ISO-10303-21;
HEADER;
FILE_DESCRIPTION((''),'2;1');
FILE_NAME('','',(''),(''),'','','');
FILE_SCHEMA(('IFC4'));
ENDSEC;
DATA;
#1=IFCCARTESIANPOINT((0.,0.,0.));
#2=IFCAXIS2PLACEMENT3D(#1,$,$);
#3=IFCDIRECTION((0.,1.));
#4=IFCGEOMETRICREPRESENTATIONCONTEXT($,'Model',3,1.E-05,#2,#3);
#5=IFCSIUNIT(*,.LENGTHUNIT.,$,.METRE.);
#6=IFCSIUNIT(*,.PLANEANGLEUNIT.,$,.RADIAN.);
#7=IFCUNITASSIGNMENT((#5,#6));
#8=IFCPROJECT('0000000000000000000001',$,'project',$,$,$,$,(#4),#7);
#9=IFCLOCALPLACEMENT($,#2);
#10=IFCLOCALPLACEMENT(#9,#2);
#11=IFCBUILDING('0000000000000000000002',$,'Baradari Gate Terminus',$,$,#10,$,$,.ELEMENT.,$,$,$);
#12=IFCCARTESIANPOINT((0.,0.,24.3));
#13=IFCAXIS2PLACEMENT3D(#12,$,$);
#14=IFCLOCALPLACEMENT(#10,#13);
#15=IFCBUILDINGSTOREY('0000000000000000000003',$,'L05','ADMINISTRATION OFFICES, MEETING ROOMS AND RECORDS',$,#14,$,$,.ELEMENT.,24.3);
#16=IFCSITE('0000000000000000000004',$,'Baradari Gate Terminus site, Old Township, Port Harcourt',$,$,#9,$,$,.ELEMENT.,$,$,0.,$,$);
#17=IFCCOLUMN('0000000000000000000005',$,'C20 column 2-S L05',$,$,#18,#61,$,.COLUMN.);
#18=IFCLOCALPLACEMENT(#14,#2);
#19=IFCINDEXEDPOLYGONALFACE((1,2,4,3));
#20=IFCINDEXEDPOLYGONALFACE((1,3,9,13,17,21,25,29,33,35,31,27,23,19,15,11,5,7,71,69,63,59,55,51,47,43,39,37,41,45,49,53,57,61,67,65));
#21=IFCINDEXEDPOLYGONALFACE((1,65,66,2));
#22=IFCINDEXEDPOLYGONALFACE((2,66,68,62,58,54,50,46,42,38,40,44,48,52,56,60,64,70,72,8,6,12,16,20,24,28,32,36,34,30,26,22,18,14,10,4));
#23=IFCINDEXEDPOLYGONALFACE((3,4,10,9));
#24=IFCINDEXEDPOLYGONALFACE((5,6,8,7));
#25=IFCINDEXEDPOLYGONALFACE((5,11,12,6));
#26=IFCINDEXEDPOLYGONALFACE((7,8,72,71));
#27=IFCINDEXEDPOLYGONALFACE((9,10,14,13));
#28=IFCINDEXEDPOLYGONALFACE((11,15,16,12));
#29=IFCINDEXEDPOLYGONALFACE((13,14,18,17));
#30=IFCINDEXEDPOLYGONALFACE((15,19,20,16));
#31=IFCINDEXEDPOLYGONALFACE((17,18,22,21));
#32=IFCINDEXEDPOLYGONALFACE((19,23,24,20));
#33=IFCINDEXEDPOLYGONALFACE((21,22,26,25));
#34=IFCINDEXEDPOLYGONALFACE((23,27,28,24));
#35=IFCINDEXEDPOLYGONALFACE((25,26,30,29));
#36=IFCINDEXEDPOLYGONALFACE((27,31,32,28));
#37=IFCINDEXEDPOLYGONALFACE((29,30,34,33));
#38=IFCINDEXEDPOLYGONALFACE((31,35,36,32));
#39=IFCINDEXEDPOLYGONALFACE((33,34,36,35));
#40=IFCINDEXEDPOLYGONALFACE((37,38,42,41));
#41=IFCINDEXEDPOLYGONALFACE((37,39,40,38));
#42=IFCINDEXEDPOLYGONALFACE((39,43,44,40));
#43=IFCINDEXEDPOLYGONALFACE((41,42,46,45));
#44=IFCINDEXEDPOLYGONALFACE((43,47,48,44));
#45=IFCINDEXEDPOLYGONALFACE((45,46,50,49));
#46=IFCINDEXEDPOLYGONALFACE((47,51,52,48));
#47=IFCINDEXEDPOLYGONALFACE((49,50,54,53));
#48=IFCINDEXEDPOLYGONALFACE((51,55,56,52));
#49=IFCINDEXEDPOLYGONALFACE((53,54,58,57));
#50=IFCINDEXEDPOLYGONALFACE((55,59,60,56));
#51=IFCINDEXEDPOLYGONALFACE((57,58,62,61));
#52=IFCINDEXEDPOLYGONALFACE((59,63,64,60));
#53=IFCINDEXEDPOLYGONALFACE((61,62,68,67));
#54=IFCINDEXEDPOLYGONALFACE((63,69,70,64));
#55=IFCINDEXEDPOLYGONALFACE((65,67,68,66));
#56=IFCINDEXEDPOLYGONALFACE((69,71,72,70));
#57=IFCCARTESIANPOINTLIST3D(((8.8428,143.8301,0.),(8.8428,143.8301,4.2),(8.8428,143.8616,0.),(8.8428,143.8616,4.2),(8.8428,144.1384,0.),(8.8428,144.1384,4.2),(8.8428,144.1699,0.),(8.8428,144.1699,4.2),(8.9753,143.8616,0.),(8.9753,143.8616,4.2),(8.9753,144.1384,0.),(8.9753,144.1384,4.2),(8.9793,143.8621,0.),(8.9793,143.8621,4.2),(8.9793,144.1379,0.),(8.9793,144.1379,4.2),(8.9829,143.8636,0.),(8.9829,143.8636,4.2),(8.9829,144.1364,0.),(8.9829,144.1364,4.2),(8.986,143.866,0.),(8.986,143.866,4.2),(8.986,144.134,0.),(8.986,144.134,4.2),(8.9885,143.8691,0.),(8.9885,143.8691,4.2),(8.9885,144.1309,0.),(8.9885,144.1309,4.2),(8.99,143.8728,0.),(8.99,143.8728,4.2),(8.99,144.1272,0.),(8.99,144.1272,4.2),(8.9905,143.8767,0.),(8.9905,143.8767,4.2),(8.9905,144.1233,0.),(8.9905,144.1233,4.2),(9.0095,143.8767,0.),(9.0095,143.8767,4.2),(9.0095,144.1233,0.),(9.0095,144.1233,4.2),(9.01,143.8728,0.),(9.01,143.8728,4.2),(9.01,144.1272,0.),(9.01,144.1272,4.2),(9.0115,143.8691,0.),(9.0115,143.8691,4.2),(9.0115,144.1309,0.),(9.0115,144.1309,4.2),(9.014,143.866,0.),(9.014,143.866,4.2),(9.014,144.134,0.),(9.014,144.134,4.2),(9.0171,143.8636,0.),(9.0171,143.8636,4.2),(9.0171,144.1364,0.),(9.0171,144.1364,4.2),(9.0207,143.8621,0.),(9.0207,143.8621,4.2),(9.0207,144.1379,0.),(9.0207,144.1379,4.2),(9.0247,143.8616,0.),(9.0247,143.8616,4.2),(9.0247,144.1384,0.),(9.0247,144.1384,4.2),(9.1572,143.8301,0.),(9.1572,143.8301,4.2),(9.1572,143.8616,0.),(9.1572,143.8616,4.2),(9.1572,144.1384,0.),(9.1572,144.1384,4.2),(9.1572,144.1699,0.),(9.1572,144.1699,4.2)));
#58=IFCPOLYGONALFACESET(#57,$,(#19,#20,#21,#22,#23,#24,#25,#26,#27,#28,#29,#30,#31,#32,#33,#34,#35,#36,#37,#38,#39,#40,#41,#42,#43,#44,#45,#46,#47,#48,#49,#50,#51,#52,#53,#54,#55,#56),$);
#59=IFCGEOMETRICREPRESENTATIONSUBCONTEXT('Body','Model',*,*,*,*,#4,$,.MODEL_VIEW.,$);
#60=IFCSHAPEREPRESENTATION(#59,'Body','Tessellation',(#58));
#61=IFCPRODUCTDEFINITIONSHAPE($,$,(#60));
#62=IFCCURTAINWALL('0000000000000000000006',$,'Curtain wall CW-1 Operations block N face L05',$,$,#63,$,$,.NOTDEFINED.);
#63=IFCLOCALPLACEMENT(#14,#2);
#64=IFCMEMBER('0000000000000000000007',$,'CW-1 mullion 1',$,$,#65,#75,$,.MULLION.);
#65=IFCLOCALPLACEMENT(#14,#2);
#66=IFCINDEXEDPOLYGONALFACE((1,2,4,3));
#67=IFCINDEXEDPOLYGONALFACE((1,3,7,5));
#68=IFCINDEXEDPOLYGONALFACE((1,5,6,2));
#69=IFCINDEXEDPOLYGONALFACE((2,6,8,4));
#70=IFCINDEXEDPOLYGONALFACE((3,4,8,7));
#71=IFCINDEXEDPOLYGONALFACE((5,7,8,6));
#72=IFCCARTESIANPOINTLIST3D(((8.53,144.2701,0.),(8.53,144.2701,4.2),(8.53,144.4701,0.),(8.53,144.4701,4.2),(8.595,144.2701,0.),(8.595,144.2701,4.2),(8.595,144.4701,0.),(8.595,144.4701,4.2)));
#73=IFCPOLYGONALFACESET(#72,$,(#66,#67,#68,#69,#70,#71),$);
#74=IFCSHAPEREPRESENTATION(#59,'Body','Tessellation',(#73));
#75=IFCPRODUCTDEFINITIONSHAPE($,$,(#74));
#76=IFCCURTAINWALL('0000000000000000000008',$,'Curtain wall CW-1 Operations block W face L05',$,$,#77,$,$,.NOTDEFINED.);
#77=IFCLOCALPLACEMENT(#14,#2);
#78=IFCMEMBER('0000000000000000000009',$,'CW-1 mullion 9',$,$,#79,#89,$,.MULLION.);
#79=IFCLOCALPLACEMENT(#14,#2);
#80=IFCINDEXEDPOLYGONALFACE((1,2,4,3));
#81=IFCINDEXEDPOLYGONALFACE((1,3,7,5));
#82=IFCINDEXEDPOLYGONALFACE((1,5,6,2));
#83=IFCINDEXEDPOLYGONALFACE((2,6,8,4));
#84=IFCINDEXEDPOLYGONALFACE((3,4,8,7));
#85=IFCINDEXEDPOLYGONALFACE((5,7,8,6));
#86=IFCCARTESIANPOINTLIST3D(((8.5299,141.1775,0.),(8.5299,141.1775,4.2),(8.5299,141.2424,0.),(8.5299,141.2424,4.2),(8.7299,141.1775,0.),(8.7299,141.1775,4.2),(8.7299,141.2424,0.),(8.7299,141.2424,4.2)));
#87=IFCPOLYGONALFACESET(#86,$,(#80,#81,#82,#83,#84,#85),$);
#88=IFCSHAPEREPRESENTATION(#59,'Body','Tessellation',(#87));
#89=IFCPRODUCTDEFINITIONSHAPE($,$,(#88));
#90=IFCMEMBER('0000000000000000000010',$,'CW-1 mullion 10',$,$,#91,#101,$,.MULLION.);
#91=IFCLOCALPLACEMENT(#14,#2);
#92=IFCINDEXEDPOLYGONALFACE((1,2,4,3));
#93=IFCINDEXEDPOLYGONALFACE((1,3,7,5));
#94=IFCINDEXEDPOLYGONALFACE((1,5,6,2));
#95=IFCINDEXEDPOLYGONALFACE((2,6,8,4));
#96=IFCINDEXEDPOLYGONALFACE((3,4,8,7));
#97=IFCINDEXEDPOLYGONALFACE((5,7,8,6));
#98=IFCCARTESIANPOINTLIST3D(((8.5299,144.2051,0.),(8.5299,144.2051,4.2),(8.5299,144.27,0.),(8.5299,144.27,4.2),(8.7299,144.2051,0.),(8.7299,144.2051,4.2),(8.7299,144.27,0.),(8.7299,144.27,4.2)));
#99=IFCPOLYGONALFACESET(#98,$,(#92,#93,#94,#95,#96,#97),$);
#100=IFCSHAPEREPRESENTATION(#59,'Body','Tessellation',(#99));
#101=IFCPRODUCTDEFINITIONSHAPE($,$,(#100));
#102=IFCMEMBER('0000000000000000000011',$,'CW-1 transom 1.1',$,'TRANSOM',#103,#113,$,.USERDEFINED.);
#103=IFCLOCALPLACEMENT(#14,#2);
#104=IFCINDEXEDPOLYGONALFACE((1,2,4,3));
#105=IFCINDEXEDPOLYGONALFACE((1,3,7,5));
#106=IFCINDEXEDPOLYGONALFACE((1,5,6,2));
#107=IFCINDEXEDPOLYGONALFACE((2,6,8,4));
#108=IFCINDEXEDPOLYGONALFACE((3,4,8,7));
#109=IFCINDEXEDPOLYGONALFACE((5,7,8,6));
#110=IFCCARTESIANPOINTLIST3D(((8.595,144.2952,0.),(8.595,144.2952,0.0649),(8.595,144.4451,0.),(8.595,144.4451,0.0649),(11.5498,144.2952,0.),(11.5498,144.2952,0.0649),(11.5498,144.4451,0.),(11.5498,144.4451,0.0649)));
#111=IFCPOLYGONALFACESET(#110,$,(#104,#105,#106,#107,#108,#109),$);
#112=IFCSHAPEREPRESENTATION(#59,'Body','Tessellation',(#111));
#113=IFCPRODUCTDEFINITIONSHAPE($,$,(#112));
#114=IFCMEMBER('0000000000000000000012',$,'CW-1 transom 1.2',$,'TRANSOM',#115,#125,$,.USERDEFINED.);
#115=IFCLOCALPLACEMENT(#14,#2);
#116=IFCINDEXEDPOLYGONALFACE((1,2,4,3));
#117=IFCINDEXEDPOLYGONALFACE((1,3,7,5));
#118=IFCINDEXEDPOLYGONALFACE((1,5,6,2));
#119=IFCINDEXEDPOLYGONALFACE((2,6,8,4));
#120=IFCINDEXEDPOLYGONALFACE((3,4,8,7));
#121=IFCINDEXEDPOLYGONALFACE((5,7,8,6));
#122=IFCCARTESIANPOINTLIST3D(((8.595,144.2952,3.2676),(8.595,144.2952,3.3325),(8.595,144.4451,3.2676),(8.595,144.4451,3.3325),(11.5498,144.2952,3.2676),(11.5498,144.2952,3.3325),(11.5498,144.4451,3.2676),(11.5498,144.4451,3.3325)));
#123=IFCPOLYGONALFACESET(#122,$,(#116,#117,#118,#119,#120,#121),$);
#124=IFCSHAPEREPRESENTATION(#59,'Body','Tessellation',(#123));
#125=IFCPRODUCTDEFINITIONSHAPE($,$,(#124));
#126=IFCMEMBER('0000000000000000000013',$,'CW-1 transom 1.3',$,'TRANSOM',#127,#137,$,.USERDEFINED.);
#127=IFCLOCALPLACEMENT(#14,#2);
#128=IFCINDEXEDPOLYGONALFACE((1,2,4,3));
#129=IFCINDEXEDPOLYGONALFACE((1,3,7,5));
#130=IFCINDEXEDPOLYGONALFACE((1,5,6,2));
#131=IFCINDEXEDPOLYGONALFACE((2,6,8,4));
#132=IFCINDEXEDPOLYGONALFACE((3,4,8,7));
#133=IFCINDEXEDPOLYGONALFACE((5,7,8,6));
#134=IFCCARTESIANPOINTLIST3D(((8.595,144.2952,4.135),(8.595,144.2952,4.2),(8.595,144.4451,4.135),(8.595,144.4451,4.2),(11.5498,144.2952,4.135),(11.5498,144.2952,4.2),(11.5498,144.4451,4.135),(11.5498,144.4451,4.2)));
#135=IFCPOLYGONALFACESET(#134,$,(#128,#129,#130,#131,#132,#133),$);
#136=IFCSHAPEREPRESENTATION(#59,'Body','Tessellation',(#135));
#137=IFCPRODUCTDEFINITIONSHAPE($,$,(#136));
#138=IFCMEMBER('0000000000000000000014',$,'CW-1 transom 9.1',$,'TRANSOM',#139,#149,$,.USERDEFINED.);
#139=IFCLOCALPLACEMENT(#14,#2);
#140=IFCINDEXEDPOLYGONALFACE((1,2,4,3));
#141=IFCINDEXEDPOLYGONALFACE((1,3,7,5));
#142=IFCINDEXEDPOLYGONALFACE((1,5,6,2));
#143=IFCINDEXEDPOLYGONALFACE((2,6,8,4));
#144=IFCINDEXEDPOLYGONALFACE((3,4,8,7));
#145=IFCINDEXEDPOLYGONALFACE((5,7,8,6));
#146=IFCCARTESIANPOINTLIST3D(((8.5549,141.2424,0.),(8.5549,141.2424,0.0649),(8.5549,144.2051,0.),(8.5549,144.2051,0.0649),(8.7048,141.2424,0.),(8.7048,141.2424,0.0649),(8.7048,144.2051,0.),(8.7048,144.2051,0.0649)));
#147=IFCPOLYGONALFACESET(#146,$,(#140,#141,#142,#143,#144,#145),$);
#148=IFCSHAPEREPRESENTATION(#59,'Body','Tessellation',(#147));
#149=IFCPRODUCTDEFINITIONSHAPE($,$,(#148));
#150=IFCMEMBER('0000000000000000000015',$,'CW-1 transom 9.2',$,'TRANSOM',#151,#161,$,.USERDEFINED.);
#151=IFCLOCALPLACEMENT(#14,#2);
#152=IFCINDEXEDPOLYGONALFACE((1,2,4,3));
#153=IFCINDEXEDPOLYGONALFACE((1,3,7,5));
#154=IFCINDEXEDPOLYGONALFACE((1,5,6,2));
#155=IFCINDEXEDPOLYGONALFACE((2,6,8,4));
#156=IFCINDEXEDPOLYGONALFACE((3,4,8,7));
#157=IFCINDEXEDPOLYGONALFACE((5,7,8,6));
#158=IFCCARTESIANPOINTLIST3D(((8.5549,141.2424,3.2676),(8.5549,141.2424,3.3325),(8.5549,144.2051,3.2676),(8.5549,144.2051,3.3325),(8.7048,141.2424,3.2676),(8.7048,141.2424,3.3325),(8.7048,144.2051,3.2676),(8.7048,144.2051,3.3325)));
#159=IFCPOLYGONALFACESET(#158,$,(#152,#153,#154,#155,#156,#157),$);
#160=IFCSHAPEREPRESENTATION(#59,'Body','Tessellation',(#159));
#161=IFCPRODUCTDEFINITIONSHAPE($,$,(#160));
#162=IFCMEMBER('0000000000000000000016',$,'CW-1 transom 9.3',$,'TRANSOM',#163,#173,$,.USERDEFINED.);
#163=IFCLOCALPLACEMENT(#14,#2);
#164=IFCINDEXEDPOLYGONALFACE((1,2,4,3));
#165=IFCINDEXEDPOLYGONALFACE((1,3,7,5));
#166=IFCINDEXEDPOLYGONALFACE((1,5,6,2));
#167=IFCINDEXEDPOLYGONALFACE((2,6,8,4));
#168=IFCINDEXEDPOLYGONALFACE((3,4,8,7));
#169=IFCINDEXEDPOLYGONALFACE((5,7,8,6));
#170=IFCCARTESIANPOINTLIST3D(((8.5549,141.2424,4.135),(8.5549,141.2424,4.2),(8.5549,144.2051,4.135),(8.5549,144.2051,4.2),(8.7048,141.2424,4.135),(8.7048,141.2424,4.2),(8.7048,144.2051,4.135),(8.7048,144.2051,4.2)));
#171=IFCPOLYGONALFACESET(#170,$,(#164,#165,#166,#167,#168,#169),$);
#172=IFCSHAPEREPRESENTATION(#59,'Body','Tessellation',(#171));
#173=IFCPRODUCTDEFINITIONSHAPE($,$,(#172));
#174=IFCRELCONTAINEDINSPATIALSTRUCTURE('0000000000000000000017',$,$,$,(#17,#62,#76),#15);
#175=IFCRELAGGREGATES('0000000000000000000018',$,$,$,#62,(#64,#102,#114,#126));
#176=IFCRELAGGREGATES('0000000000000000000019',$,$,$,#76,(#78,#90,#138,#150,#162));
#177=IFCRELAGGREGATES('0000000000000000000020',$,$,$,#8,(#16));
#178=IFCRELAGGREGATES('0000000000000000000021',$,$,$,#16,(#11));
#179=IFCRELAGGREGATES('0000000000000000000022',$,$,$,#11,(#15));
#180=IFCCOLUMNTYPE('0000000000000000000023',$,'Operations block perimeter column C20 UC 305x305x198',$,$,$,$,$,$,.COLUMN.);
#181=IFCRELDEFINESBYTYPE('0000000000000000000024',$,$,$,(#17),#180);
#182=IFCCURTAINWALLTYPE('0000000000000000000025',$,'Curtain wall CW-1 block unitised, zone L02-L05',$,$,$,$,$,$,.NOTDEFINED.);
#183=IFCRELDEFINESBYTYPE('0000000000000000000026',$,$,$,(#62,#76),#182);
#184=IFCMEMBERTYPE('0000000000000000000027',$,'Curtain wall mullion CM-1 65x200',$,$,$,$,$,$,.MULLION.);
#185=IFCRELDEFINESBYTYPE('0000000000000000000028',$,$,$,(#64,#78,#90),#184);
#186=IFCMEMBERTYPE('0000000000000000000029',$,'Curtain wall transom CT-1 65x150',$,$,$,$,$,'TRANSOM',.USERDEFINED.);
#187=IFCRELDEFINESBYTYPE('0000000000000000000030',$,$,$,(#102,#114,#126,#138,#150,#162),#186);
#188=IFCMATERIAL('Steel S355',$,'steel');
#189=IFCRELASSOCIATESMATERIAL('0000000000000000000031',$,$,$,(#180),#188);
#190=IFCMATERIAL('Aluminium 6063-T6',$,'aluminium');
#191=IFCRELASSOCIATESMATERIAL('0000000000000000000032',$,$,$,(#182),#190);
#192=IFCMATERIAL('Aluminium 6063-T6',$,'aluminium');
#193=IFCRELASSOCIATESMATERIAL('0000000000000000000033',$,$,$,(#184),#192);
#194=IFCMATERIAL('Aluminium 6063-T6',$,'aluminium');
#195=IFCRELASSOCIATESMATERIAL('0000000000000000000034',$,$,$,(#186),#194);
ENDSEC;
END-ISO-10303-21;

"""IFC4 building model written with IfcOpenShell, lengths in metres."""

from ifc_helpers import new_model, si_unit, direction, frame, origin, origin_2d, place, context, subcontext, project, spatial, rectangle, i_section, extrude, material, material_profile, profile_set, type_object, element, aggregate, save


model = new_model("IFC4")

# Units and contexts
model_context = context("Model", 3, precision=1e-05, world=origin(), true_north=direction((0.0, 1.0)))
body_context = subcontext(model_context, "Body", "Model", "MODEL_VIEW")
ifc_project = project(units=[si_unit("LENGTHUNIT", "METRE"), si_unit("PLANEANGLEUNIT", "RADIAN")], contexts=[model_context])

# Site, building, storey
site_placement = place(None, origin())
site = spatial("IfcSite", under=ifc_project, at=site_placement, Name="Baradari Gate Terminus site, Old Township, Port Harcourt", CompositionType="ELEMENT", RefElevation=0.0)
building_placement = place(site_placement, origin())
building = spatial("IfcBuilding", under=site, at=building_placement, Name="Baradari Gate Terminus", CompositionType="ELEMENT")
storey_placement = place(building_placement, frame((0.0, 0.0, 24.3)))
storey = spatial("IfcBuildingStorey", under=building, at=storey_placement, Name="L05", Description="ADMINISTRATION OFFICES, MEETING ROOMS AND RECORDS", CompositionType="ELEMENT", Elevation=24.3)

# Column
ifc_material_1 = material(Name="Steel S355", Category="steel")
ifc_material_profile_1 = material_profile(ifc_material_1, i_section(OverallWidth=0.3145, OverallDepth=0.3398, WebThickness=0.019, FlangeThickness=0.0315, FilletRadius=0.0151, at=origin_2d()), Name="UC 305x305x198")
ifc_profile_set_1 = profile_set([ifc_material_profile_1], Name="Steel S355")
column_type = type_object("IfcColumnType", Name="Operations block perimeter column C20 UC 305x305x198", PredefinedType="COLUMN", material=ifc_profile_set_1)
column_placement = place(storey_placement, frame((9.0, 144.0, 0.0), z_axis=(0.0, 0.0, 1.0), x_axis=(1.0, 0.0, 0.0)))
element("IfcColumn", 1, at=column_placement, inside=storey, type_object=column_type, Name="C20 column 2-S L05", PredefinedType="COLUMN", context=body_context, shape_type="SweptSolid", body=[
    extrude(i_section(OverallWidth=0.3145, OverallDepth=0.3398, WebThickness=0.019, FlangeThickness=0.0315, FilletRadius=0.0151, at=origin_2d()), origin(), (0.0, 0.0, 1.0), 4.2),
])

# Curtain wall, member
ifc_material_2 = material(Name="Aluminium 6063-T6", Category="aluminium")
curtain_wall_type = type_object("IfcCurtainWallType", Name="Curtain wall CW-1 block unitised, zone L02-L05", PredefinedType="NOTDEFINED", material=ifc_material_2)
curtain_wall_1_placement = place(storey_placement, origin())
curtain_wall_1 = element("IfcCurtainWall", 2, at=curtain_wall_1_placement, inside=storey, type_object=curtain_wall_type, Name="Curtain wall CW-1 Operations block N face L05", PredefinedType="NOTDEFINED")
ifc_material_3 = material(Name="Aluminium 6063-T6", Category="aluminium")
ifc_material_profile_2 = material_profile(ifc_material_3, rectangle(XDim=0.2, YDim=0.0649, at=origin_2d()), Name="CM-1 65X200")
ifc_profile_set_2 = profile_set([ifc_material_profile_2], Name="Aluminium 6063-T6")
member_type_1 = type_object("IfcMemberType", Name="Curtain wall mullion CM-1 65x200", PredefinedType="MULLION", material=ifc_profile_set_2)
member_1_placement = place(storey_placement, frame((8.5625, 144.3701, 0.0), z_axis=(0.0, 0.0, 1.0), x_axis=(0.0, 1.0, 0.0)))
member_1 = element("IfcMember", 3, at=member_1_placement, type_object=member_type_1, Name="CW-1 mullion 1", PredefinedType="MULLION", context=body_context, shape_type="SweptSolid", body=[
    extrude(rectangle(XDim=0.2, YDim=0.0649, at=origin_2d()), origin(), (0.0, 0.0, 1.0), 4.2),
])

# Curtain wall, members
curtain_wall_2_placement = place(storey_placement, origin())
curtain_wall_2 = element("IfcCurtainWall", 4, at=curtain_wall_2_placement, inside=storey, type_object=curtain_wall_type, Name="Curtain wall CW-1 Operations block W face L05", PredefinedType="NOTDEFINED")
member_2_placement = place(storey_placement, frame((8.6299, 141.21, 0.0), z_axis=(0.0, 0.0, 1.0), x_axis=(-1.0, 0.0, 0.0)))
member_2 = element("IfcMember", 5, at=member_2_placement, type_object=member_type_1, Name="CW-1 mullion 9", PredefinedType="MULLION", context=body_context, shape_type="SweptSolid", body=[
    extrude(rectangle(XDim=0.2, YDim=0.0649, at=origin_2d()), origin(), (0.0, 0.0, 1.0), 4.2),
])
member_3_placement = place(storey_placement, frame((8.6299, 144.2375, 0.0), z_axis=(0.0, 0.0, 1.0), x_axis=(-1.0, 0.0, 0.0)))
member_3 = element("IfcMember", 6, at=member_3_placement, type_object=member_type_1, Name="CW-1 mullion 10", PredefinedType="MULLION", context=body_context, shape_type="SweptSolid", body=[
    extrude(rectangle(XDim=0.2, YDim=0.0649, at=origin_2d()), origin(), (0.0, 0.0, 1.0), 4.2),
])

# Members
ifc_material_4 = material(Name="Aluminium 6063-T6", Category="aluminium")
ifc_material_profile_3 = material_profile(ifc_material_4, rectangle(XDim=0.1499, YDim=0.0649, at=origin_2d()), Name="CT-1 65X150")
ifc_profile_set_3 = profile_set([ifc_material_profile_3], Name="Aluminium 6063-T6")
member_type_2 = type_object("IfcMemberType", Name="Curtain wall transom CT-1 65x150", ElementType="TRANSOM", PredefinedType="USERDEFINED", material=ifc_profile_set_3)
member_4_placement = place(storey_placement, frame((8.595, 144.3701, 0.0325), z_axis=(1.0, 0.0, 0.0), x_axis=(0.0, 1.0, 0.0)))
member_4 = element("IfcMember", 7, at=member_4_placement, type_object=member_type_2, Name="CW-1 transom 1.1", ObjectType="TRANSOM", PredefinedType="USERDEFINED", context=body_context, shape_type="SweptSolid", body=[
    extrude(rectangle(XDim=0.1499, YDim=0.0649, at=origin_2d()), origin(), (0.0, 0.0, 1.0), 2.9548),
])
member_5_placement = place(storey_placement, frame((8.595, 144.3701, 3.3), z_axis=(1.0, 0.0, 0.0), x_axis=(0.0, 1.0, 0.0)))
member_5 = element("IfcMember", 8, at=member_5_placement, type_object=member_type_2, Name="CW-1 transom 1.2", ObjectType="TRANSOM", PredefinedType="USERDEFINED", context=body_context, shape_type="SweptSolid", body=[
    extrude(rectangle(XDim=0.1499, YDim=0.0649, at=origin_2d()), origin(), (0.0, 0.0, 1.0), 2.9548),
])
member_6_placement = place(storey_placement, frame((8.595, 144.3701, 4.1675), z_axis=(1.0, 0.0, 0.0), x_axis=(0.0, 1.0, 0.0)))
member_6 = element("IfcMember", 9, at=member_6_placement, type_object=member_type_2, Name="CW-1 transom 1.3", ObjectType="TRANSOM", PredefinedType="USERDEFINED", context=body_context, shape_type="SweptSolid", body=[
    extrude(rectangle(XDim=0.1499, YDim=0.0649, at=origin_2d()), origin(), (0.0, 0.0, 1.0), 2.9548),
])
member_7_placement = place(storey_placement, frame((8.6299, 141.2424, 0.0325), z_axis=(0.0, 1.0, 0.0), x_axis=(-1.0, 0.0, 0.0)))
member_7 = element("IfcMember", 10, at=member_7_placement, type_object=member_type_2, Name="CW-1 transom 9.1", ObjectType="TRANSOM", PredefinedType="USERDEFINED", context=body_context, shape_type="SweptSolid", body=[
    extrude(rectangle(XDim=0.1499, YDim=0.0649, at=origin_2d()), origin(), (0.0, 0.0, 1.0), 2.9626),
])
member_8_placement = place(storey_placement, frame((8.6299, 141.2424, 3.3), z_axis=(0.0, 1.0, 0.0), x_axis=(-1.0, 0.0, 0.0)))
member_8 = element("IfcMember", 11, at=member_8_placement, type_object=member_type_2, Name="CW-1 transom 9.2", ObjectType="TRANSOM", PredefinedType="USERDEFINED", context=body_context, shape_type="SweptSolid", body=[
    extrude(rectangle(XDim=0.1499, YDim=0.0649, at=origin_2d()), origin(), (0.0, 0.0, 1.0), 2.9626),
])
member_9_placement = place(storey_placement, frame((8.6299, 141.2424, 4.1675), z_axis=(0.0, 1.0, 0.0), x_axis=(-1.0, 0.0, 0.0)))
member_9 = element("IfcMember", 12, at=member_9_placement, type_object=member_type_2, Name="CW-1 transom 9.3", ObjectType="TRANSOM", PredefinedType="USERDEFINED", context=body_context, shape_type="SweptSolid", body=[
    extrude(rectangle(XDim=0.1499, YDim=0.0649, at=origin_2d()), origin(), (0.0, 0.0, 1.0), 2.9626),
])

aggregate(curtain_wall_1, [member_1, member_4, member_5, member_6])
aggregate(curtain_wall_2, [member_2, member_3, member_7, member_8, member_9])

save(model, "model.ifc")
